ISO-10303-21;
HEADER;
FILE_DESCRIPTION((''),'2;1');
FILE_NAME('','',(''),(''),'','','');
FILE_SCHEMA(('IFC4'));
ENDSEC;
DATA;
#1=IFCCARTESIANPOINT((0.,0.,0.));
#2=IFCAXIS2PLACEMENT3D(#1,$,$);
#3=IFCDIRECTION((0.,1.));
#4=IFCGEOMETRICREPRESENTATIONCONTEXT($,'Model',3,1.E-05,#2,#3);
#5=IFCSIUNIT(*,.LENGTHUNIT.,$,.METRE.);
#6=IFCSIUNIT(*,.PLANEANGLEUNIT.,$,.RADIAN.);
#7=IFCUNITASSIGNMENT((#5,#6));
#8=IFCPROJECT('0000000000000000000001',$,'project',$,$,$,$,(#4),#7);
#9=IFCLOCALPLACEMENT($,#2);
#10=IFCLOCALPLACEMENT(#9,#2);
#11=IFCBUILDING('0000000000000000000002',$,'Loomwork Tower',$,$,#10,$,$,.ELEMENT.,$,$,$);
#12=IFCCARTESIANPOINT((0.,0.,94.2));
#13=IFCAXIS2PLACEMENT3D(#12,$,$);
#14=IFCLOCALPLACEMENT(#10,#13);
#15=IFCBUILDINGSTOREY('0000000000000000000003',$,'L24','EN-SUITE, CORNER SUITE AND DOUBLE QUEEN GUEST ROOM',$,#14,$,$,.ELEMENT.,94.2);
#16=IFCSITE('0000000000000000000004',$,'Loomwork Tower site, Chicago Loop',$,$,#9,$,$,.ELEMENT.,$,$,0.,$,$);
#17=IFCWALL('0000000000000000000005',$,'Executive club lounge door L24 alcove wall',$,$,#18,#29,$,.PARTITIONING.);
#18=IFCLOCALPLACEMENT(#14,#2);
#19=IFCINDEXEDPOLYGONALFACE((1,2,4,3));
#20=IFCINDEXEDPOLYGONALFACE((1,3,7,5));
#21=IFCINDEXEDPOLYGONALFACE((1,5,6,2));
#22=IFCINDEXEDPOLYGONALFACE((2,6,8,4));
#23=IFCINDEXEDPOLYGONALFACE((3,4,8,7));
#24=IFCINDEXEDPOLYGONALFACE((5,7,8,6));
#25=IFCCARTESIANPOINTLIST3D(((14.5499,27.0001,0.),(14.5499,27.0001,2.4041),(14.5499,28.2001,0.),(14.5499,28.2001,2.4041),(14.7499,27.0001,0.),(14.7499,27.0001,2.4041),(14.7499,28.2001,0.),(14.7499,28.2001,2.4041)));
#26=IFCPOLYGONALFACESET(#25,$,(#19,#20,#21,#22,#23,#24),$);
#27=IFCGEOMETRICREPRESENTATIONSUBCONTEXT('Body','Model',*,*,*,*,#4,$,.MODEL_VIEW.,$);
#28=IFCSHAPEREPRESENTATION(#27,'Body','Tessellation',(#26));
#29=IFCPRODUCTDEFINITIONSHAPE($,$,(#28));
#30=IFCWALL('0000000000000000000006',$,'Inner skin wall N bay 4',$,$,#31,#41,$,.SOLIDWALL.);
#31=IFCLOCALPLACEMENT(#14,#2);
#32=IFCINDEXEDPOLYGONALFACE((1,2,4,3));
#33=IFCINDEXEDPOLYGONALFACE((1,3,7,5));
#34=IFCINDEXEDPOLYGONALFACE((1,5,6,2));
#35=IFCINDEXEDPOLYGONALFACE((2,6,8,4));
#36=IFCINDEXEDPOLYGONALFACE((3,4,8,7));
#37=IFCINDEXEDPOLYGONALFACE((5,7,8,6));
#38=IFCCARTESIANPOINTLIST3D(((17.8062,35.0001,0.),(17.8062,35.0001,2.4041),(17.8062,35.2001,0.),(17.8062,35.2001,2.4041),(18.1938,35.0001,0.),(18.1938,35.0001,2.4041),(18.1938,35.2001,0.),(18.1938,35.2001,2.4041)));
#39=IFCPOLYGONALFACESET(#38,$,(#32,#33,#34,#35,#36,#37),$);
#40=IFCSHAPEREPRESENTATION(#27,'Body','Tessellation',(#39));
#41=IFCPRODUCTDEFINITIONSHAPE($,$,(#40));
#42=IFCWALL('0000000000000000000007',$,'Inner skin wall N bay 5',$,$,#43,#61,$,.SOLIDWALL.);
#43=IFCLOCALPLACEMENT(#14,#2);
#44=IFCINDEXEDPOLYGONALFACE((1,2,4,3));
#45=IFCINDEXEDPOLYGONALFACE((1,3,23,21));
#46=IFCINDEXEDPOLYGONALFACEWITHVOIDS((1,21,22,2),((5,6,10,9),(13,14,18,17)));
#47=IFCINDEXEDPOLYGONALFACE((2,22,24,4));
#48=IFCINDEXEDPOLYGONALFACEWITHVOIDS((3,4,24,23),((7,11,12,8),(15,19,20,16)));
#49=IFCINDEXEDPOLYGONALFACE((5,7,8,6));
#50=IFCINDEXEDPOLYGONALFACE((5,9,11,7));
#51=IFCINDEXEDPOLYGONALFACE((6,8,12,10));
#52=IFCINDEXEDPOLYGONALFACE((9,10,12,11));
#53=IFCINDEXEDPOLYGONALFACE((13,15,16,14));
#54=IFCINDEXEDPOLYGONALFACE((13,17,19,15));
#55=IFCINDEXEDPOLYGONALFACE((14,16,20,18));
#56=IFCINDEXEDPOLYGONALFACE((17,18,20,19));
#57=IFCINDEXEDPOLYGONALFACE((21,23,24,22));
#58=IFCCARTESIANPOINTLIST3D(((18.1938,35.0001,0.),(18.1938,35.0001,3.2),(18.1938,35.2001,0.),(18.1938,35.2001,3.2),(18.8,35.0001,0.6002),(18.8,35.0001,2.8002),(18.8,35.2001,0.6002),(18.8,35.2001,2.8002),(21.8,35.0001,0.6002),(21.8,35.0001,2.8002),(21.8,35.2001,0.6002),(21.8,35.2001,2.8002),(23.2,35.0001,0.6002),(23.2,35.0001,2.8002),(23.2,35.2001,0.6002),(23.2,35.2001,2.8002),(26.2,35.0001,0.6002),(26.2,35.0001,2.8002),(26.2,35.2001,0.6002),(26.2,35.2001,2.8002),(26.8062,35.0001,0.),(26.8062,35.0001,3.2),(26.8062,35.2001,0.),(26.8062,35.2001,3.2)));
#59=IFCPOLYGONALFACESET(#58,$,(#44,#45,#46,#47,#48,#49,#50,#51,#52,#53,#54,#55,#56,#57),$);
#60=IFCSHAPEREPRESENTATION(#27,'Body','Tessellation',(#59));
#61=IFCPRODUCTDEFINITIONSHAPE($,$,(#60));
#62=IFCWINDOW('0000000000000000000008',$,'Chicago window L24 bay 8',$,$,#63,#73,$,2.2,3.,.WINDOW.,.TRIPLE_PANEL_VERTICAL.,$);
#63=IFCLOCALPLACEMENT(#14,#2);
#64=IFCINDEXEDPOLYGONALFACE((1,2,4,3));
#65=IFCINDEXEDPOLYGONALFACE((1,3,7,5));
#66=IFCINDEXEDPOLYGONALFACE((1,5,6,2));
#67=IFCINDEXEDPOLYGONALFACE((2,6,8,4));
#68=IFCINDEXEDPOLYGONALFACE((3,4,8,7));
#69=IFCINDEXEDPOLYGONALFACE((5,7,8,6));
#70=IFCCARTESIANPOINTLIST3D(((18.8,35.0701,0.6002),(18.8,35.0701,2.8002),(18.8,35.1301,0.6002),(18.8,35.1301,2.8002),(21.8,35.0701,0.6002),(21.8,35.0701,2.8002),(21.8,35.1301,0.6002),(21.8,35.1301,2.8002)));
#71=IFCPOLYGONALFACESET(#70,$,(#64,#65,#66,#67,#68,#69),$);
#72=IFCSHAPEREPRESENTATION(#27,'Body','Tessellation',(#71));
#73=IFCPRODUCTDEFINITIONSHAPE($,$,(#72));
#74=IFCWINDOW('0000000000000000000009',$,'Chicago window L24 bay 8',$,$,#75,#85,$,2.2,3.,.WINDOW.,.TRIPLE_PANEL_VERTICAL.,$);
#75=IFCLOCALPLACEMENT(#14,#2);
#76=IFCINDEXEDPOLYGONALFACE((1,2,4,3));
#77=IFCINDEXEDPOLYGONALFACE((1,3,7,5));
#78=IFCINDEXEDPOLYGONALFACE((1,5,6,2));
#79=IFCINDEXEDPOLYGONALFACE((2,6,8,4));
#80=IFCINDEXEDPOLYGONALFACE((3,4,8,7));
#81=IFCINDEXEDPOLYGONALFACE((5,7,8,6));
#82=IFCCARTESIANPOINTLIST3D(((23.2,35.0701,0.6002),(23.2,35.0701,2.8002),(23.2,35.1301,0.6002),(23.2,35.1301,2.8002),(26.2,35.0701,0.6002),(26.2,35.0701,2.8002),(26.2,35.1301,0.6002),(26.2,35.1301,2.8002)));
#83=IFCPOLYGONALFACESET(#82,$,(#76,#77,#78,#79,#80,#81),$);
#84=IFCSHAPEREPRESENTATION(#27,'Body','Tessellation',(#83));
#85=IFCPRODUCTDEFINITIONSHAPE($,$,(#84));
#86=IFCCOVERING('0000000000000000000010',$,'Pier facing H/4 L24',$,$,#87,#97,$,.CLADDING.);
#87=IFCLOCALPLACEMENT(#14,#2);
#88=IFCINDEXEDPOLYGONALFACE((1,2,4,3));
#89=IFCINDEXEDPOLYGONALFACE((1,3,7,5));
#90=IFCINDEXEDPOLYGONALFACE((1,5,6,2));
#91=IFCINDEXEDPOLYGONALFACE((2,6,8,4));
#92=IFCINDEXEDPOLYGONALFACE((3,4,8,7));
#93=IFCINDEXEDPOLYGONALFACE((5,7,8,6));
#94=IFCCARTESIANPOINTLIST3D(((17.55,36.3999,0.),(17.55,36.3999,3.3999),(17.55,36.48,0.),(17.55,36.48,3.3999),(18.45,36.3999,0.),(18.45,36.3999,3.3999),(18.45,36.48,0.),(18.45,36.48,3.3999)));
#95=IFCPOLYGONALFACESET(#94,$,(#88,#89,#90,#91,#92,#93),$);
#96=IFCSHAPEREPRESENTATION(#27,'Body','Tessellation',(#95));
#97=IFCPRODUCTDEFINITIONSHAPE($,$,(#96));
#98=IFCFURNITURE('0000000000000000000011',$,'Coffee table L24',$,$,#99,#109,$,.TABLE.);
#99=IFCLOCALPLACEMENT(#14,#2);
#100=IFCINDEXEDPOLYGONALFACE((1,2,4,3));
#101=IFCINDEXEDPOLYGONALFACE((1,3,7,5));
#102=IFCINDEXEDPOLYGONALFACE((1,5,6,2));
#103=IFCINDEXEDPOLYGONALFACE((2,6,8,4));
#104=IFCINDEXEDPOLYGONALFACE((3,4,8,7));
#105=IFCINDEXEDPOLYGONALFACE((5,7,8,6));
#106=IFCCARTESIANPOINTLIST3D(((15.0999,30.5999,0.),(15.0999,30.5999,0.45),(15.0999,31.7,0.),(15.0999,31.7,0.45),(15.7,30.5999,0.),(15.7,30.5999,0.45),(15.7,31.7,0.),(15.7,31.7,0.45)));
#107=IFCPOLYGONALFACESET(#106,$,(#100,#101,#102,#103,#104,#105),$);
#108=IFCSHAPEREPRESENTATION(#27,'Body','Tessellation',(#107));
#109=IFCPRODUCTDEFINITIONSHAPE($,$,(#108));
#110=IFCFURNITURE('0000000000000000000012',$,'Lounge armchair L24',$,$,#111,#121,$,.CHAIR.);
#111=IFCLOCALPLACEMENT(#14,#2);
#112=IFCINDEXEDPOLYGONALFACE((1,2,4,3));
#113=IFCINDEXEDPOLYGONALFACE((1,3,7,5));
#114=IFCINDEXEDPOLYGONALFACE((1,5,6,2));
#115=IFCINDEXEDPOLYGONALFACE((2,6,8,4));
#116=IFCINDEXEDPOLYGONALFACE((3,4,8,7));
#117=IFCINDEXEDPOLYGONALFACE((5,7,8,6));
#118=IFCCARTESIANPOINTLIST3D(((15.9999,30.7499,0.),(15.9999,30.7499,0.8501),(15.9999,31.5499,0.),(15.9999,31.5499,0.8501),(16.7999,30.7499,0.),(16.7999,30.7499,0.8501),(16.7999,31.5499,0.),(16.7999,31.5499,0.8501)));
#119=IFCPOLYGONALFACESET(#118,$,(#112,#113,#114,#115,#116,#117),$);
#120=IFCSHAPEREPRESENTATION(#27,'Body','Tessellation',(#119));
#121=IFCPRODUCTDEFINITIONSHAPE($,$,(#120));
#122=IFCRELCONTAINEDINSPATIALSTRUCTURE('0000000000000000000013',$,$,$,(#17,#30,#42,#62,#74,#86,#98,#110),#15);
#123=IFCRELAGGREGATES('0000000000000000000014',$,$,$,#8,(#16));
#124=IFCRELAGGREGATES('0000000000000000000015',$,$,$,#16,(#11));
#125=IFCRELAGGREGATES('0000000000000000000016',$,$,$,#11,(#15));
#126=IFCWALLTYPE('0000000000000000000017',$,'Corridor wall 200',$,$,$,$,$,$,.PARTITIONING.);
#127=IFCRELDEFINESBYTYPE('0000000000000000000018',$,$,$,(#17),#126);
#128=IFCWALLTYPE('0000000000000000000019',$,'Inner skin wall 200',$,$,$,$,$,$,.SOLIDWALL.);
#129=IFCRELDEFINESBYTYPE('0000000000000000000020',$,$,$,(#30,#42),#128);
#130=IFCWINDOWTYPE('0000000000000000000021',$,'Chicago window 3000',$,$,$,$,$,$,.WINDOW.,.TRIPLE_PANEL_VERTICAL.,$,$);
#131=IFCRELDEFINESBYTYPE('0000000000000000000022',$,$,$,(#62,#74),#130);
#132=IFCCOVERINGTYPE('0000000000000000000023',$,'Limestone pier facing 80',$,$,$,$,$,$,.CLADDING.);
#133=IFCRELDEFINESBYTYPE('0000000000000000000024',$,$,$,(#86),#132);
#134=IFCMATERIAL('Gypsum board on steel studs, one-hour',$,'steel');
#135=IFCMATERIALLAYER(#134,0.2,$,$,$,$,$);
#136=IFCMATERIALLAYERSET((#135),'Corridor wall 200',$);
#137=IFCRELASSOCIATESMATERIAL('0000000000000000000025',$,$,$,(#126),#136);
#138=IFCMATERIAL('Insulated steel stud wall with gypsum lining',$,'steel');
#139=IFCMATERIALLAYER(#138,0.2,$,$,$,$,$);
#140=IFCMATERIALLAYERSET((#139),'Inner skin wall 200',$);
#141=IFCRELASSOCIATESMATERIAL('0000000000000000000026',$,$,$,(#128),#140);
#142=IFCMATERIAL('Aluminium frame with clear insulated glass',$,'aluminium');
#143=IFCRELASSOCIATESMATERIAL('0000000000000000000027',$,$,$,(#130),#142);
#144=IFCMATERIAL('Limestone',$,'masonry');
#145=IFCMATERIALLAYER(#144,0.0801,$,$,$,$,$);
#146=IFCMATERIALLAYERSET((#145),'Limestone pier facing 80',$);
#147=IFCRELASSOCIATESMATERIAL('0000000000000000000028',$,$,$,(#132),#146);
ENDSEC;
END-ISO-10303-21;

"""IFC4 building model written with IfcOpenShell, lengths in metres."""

from ifc_helpers import new_model, si_unit, direction, frame, frame_2d, origin, origin_2d, place, context, subcontext, project, spatial, rectangle, extrude, material, layer, layer_set, type_object, element, fill, save


model = new_model("IFC4")

# Units and contexts
model_context = context("Model", 3, precision=1e-05, world=origin(), true_north=direction((0.0, 1.0)))
body_context = subcontext(model_context, "Body", "Model", "MODEL_VIEW")
ifc_project = project(units=[si_unit("LENGTHUNIT", "METRE"), si_unit("PLANEANGLEUNIT", "RADIAN")], contexts=[model_context])

# Site, building, storey
site_placement = place(None, origin())
site = spatial("IfcSite", under=ifc_project, at=site_placement, Name="Loomwork Tower site, Chicago Loop", CompositionType="ELEMENT", RefElevation=0.0)
building_placement = place(site_placement, origin())
building = spatial("IfcBuilding", under=site, at=building_placement, Name="Loomwork Tower", CompositionType="ELEMENT")
storey_placement = place(building_placement, frame((0.0, 0.0, 94.2)))
storey = spatial("IfcBuildingStorey", under=building, at=storey_placement, Name="L24", Description="EN-SUITE, CORNER SUITE AND DOUBLE QUEEN GUEST ROOM", CompositionType="ELEMENT", Elevation=94.2)

# Walls
ifc_material_1 = material(Name="Gypsum board on steel studs, one-hour", Category="steel")
ifc_layer_1 = layer(ifc_material_1, 0.2)
ifc_layer_set_1 = layer_set([ifc_layer_1], Name="Corridor wall 200")
wall_type_1 = type_object("IfcWallType", Name="Corridor wall 200", PredefinedType="PARTITIONING", material=ifc_layer_set_1)
wall_1_placement = place(storey_placement, frame((14.6499, 27.0, 0.0), z_axis=(0.0, 0.0, 1.0), x_axis=(0.0, 1.0, 0.0)))
element("IfcWall", 1, at=wall_1_placement, inside=storey, type_object=wall_type_1, Name="Executive club lounge door L24 alcove wall", PredefinedType="PARTITIONING", context=body_context, shape_type="SweptSolid", body=[
    extrude(rectangle(XDim=1.2, YDim=0.2, at=frame_2d((0.6001, 0.0))), origin(), (0.0, 0.0, 1.0), 2.4041),
])
ifc_material_2 = material(Name="Insulated steel stud wall with gypsum lining", Category="steel")
ifc_layer_2 = layer(ifc_material_2, 0.2)
ifc_layer_set_2 = layer_set([ifc_layer_2], Name="Inner skin wall 200")
wall_type_2 = type_object("IfcWallType", Name="Inner skin wall 200", PredefinedType="SOLIDWALL", material=ifc_layer_set_2)
wall_2_placement = place(storey_placement, frame((17.8062, 35.1001, 0.0), z_axis=(0.0, 0.0, 1.0), x_axis=(1.0, 0.0, 0.0)))
element("IfcWall", 2, at=wall_2_placement, inside=storey, type_object=wall_type_2, Name="Inner skin wall N bay 4", PredefinedType="SOLIDWALL", context=body_context, shape_type="SweptSolid", body=[
    extrude(rectangle(XDim=0.3877, YDim=0.2, at=frame_2d((0.1938, 0.0))), origin(), (0.0, 0.0, 1.0), 2.4041),
])

# Wall, openings, windows
wall_3_placement = place(storey_placement, frame((18.1938, 35.1001, 0.0), z_axis=(0.0, 0.0, 1.0), x_axis=(1.0, 0.0, 0.0)))
wall_3 = element("IfcWall", 3, at=wall_3_placement, inside=storey, type_object=wall_type_2, Name="Inner skin wall N bay 5", PredefinedType="SOLIDWALL", context=body_context, shape_type="SweptSolid", body=[
    extrude(rectangle(XDim=8.6123, YDim=0.2, at=frame_2d((4.3062, 0.0))), origin(), (0.0, 0.0, 1.0), 3.2),
])
opening_1_placement = place(wall_3_placement, frame((0.6062, 0.0, 0.6001)))
opening_1 = element("IfcOpeningElement", 4, at=opening_1_placement, cuts=wall_3, PredefinedType="OPENING", context=body_context, shape_type="SweptSolid", body=[
    extrude(rectangle(XDim=3.0, YDim=2.2, at=frame_2d((1.5, 1.1001))), frame((0.0, 0.1099, 0.0), z_axis=(0.0, -1.0, 0.0), x_axis=(1.0, 0.0, 0.0)), (0.0, 0.0, 1.0), 0.22),
])
opening_2_placement = place(wall_3_placement, frame((5.0061, 0.0, 0.6001)))
opening_2 = element("IfcOpeningElement", 5, at=opening_2_placement, cuts=wall_3, PredefinedType="OPENING", context=body_context, shape_type="SweptSolid", body=[
    extrude(rectangle(XDim=3.0, YDim=2.2, at=frame_2d((1.5, 1.1001))), frame((0.0, 0.1099, 0.0), z_axis=(0.0, -1.0, 0.0), x_axis=(1.0, 0.0, 0.0)), (0.0, 0.0, 1.0), 0.22),
])
ifc_material_3 = material(Name="Aluminium frame with clear insulated glass", Category="aluminium")
window_type = type_object("IfcWindowType", Name="Chicago window 3000", PartitioningType="TRIPLE_PANEL_VERTICAL", PredefinedType="WINDOW", material=ifc_material_3)
window_1_placement = place(opening_1_placement, origin())
window_1 = element("IfcWindow", 6, at=window_1_placement, inside=storey, type_object=window_type, Name="Chicago window L24 bay 8", OverallHeight=2.2, OverallWidth=3.0, PartitioningType="TRIPLE_PANEL_VERTICAL", PredefinedType="WINDOW", context=body_context, shape_type="SweptSolid", body=[
    extrude(rectangle(XDim=3.0, YDim=2.2, at=frame_2d((1.5, 1.1001))), frame((0.0, 0.03, 0.0), z_axis=(0.0, -1.0, 0.0), x_axis=(1.0, 0.0, 0.0)), (0.0, 0.0, 1.0), 0.0601),
])
fill(opening_1, window_1)
window_2_placement = place(opening_2_placement, origin())
window_2 = element("IfcWindow", 7, at=window_2_placement, inside=storey, type_object=window_type, Name="Chicago window L24 bay 8", OverallHeight=2.2, OverallWidth=3.0, PartitioningType="TRIPLE_PANEL_VERTICAL", PredefinedType="WINDOW", context=body_context, shape_type="SweptSolid", body=[
    extrude(rectangle(XDim=3.0, YDim=2.2, at=frame_2d((1.5, 1.1001))), frame((0.0, 0.03, 0.0), z_axis=(0.0, -1.0, 0.0), x_axis=(1.0, 0.0, 0.0)), (0.0, 0.0, 1.0), 0.0601),
])
fill(opening_2, window_2)

# Covering
ifc_material_4 = material(Name="Limestone", Category="masonry")
ifc_layer_3 = layer(ifc_material_4, 0.0801)
ifc_layer_set_3 = layer_set([ifc_layer_3], Name="Limestone pier facing 80")
covering_type = type_object("IfcCoveringType", Name="Limestone pier facing 80", PredefinedType="CLADDING", material=ifc_layer_set_3)
covering_placement = place(storey_placement, frame((18.0, 36.4399, 0.0), z_axis=(0.0, 0.0, 1.0), x_axis=(1.0, 0.0, 0.0)))
element("IfcCovering", 8, at=covering_placement, inside=storey, type_object=covering_type, Name="Pier facing H/4 L24", PredefinedType="CLADDING", context=body_context, shape_type="SweptSolid", body=[
    extrude(rectangle(XDim=0.8999, YDim=0.0801, at=origin_2d()), origin(), (0.0, 0.0, 1.0), 3.3999),
])

# Furniture
furniture_1_placement = place(storey_placement, frame((15.3999, 31.1499, 0.0), z_axis=(0.0, 0.0, 1.0), x_axis=(1.0, 0.0, 0.0)))
element("IfcFurniture", 9, at=furniture_1_placement, inside=storey, Name="Coffee table L24", PredefinedType="TABLE", context=body_context, shape_type="SweptSolid", body=[
    extrude(rectangle(XDim=0.6001, YDim=1.1001, at=origin_2d()), origin(), (0.0, 0.0, 1.0), 0.45),
])
furniture_2_placement = place(storey_placement, frame((16.3999, 31.1499, 0.0), z_axis=(0.0, 0.0, 1.0), x_axis=(1.0, 0.0, 0.0)))
element("IfcFurniture", 10, at=furniture_2_placement, inside=storey, Name="Lounge armchair L24", PredefinedType="CHAIR", context=body_context, shape_type="SweptSolid", body=[
    extrude(rectangle(XDim=0.8, YDim=0.8, at=origin_2d()), origin(), (0.0, 0.0, 1.0), 0.8501),
])

save(model, "model.ifc")
